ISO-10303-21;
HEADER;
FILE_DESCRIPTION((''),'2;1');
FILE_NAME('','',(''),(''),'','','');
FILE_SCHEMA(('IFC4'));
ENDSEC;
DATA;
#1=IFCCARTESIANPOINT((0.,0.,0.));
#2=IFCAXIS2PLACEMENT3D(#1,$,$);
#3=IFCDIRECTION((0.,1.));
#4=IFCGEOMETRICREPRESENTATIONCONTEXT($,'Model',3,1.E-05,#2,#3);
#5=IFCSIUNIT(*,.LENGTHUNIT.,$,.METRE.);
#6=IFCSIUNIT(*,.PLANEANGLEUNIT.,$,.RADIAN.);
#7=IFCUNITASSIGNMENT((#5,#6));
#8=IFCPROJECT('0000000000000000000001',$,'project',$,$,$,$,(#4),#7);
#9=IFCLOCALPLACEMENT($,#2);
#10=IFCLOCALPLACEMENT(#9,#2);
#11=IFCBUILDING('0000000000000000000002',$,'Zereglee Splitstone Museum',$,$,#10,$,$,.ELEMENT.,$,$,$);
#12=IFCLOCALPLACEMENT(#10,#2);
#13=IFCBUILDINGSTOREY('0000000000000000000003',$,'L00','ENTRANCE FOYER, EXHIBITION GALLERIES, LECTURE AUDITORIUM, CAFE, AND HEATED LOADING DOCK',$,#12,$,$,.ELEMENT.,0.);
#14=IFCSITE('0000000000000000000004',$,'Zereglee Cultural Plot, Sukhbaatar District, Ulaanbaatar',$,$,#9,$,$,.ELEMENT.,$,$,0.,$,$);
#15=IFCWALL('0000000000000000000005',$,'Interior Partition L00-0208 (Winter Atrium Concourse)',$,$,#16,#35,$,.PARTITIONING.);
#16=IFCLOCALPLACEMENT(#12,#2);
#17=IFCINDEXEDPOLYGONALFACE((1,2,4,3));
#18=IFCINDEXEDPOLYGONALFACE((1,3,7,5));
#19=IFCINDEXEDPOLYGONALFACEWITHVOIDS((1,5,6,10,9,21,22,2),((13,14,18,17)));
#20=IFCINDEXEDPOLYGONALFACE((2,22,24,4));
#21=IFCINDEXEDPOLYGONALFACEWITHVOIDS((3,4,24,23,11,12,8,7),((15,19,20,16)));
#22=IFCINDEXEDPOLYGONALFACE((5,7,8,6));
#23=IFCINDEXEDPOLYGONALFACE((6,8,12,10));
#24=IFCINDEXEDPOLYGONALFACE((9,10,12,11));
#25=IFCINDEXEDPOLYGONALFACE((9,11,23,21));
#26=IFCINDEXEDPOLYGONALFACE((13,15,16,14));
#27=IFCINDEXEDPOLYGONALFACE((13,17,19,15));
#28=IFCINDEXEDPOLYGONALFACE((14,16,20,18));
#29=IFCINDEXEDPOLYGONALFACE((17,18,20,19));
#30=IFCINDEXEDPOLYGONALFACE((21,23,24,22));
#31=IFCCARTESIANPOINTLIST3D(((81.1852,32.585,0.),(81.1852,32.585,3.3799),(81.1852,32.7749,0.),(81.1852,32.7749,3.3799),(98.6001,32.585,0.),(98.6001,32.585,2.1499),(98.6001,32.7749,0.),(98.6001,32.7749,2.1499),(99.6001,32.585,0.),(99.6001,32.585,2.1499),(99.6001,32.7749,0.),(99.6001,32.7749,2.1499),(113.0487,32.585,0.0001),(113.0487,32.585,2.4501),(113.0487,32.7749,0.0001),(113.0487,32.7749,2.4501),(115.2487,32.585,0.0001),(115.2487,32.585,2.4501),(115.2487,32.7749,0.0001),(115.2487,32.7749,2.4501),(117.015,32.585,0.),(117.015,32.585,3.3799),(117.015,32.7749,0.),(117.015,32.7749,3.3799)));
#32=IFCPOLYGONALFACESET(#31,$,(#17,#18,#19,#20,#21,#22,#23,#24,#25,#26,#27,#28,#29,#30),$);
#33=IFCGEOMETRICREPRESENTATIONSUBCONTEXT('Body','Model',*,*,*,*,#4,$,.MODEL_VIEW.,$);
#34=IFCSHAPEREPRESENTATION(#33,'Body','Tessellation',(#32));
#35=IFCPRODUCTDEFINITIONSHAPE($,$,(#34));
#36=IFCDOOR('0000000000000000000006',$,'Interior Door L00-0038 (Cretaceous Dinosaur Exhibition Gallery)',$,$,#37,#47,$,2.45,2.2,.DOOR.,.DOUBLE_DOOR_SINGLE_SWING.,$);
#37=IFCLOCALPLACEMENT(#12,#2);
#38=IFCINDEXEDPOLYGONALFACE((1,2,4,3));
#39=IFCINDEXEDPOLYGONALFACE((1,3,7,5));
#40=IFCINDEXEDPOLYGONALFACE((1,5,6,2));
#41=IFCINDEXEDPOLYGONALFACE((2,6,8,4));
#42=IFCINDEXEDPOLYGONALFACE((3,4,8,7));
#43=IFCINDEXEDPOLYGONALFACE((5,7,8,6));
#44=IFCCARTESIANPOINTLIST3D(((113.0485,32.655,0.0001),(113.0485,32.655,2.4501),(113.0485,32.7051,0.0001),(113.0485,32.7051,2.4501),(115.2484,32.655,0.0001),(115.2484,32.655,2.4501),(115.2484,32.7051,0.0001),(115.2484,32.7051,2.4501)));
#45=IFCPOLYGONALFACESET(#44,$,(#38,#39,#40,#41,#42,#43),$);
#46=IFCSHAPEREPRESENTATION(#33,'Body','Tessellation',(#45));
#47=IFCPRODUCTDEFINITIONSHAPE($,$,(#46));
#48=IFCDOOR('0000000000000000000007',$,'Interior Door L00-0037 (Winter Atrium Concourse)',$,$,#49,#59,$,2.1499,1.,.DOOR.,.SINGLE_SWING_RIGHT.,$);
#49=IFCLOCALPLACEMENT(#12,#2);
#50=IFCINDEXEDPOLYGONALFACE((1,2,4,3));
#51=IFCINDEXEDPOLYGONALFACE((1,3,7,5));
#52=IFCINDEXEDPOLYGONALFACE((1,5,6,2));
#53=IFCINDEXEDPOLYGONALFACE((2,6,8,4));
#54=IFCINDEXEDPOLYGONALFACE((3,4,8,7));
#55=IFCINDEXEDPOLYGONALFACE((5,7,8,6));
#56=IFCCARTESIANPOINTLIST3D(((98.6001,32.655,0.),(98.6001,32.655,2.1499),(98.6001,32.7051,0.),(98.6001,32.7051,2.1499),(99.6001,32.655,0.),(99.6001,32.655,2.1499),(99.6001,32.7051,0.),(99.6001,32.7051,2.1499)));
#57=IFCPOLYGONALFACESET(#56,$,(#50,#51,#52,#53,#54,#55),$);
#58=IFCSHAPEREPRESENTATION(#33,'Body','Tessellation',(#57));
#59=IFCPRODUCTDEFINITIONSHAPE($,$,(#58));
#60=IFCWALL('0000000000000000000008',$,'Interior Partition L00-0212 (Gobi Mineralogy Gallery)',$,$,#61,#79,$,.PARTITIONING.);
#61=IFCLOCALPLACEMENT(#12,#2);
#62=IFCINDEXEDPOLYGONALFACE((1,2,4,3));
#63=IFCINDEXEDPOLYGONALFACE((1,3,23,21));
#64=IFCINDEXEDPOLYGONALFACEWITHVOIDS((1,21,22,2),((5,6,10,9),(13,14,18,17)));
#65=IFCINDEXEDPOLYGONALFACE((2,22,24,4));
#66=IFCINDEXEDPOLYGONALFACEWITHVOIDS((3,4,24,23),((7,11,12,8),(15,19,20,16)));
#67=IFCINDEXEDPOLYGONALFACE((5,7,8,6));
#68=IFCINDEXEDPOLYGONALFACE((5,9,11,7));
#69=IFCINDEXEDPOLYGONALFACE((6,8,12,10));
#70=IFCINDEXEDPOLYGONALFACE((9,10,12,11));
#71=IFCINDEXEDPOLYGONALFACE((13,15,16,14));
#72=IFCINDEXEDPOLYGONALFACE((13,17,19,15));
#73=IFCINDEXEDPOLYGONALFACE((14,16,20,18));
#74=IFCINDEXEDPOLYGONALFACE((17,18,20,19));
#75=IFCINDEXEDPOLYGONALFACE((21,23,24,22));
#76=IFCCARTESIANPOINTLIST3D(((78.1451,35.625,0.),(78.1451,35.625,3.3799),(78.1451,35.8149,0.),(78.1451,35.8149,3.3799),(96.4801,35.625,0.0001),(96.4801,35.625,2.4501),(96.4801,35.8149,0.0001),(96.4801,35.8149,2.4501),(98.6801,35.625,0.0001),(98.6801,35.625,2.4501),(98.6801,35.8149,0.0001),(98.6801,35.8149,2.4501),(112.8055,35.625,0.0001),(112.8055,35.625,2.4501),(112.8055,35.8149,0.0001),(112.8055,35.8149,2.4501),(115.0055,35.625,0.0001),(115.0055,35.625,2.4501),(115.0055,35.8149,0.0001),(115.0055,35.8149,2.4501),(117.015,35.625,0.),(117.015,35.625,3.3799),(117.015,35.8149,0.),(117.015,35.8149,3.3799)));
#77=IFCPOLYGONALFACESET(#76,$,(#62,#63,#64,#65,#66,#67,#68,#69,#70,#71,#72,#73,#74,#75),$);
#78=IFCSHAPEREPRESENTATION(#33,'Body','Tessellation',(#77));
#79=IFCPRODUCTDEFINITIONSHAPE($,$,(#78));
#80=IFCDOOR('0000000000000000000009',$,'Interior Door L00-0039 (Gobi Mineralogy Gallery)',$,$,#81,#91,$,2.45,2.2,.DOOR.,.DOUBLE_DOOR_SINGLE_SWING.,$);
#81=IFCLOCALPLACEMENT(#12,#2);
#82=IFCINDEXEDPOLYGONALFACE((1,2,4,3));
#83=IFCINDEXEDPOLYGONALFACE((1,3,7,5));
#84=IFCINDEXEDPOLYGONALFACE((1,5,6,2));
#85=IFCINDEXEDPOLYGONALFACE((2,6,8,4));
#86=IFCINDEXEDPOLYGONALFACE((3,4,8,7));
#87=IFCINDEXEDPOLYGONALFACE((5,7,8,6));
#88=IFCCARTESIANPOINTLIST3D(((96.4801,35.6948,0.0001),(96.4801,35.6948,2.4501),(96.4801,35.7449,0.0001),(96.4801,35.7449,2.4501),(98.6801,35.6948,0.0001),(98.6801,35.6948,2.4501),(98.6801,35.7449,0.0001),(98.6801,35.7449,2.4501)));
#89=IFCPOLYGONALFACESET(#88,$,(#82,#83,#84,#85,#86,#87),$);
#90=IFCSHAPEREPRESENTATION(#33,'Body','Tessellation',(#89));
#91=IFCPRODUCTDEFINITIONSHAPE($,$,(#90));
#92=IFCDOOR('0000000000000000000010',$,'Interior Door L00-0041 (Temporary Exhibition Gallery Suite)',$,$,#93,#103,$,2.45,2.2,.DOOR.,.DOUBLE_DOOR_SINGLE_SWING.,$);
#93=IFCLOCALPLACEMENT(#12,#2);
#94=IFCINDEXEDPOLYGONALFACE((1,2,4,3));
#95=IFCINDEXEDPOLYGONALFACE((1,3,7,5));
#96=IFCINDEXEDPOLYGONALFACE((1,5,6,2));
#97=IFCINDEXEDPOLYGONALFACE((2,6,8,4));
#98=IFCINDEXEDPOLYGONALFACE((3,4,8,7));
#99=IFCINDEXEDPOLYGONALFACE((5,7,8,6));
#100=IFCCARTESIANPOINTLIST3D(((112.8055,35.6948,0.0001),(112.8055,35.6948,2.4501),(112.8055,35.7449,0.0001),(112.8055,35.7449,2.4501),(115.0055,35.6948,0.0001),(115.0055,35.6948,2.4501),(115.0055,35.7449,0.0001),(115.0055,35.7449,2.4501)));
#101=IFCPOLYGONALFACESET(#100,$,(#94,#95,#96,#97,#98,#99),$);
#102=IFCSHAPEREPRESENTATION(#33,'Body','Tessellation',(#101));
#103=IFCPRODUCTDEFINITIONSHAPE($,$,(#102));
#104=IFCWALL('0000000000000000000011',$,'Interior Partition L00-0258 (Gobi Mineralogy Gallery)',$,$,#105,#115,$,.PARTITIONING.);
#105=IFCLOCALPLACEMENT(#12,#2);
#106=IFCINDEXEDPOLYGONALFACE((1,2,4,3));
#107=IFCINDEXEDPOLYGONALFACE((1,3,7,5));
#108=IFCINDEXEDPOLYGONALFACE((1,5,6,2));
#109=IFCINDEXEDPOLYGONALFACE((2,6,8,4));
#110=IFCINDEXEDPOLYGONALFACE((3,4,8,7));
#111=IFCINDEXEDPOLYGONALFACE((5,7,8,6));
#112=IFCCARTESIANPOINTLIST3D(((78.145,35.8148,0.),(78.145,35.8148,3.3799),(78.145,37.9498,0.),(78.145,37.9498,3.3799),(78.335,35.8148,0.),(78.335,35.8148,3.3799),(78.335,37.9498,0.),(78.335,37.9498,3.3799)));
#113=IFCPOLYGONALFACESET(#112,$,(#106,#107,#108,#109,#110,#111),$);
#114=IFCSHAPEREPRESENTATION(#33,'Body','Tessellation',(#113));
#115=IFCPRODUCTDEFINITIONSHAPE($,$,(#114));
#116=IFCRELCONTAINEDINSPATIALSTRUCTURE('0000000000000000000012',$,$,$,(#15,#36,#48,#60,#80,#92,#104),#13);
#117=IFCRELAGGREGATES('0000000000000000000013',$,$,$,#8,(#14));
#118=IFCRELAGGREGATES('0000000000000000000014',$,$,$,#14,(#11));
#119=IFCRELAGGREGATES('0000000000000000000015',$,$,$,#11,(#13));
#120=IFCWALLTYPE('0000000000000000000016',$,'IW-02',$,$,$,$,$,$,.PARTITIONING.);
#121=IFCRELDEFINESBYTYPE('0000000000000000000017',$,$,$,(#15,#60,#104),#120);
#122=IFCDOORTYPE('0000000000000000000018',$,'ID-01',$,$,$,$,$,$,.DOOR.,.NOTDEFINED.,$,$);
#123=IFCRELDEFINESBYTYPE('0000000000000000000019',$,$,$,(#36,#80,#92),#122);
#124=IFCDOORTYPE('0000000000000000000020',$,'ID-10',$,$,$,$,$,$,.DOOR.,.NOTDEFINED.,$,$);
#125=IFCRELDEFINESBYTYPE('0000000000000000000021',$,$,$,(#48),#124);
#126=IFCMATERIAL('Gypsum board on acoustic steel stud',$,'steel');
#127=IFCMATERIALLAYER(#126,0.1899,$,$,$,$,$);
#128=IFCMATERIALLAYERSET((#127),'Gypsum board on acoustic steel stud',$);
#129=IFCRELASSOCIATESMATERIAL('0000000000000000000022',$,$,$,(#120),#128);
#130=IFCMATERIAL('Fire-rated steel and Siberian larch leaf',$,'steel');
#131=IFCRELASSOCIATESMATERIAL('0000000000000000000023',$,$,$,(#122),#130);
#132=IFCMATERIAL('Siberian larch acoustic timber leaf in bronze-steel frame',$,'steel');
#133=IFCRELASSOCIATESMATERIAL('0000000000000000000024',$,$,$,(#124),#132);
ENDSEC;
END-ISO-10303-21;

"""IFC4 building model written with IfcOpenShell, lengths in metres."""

from ifc_helpers import new_model, si_unit, direction, frame, frame_2d, origin, place, context, subcontext, project, spatial, rectangle, extrude, material, layer, layer_set, type_object, element, fill, save


model = new_model("IFC4")

# Units and contexts
model_context = context("Model", 3, precision=1e-05, world=origin(), true_north=direction((0.0, 1.0)))
body_context = subcontext(model_context, "Body", "Model", "MODEL_VIEW")
ifc_project = project(units=[si_unit("LENGTHUNIT", "METRE"), si_unit("PLANEANGLEUNIT", "RADIAN")], contexts=[model_context])

# Site, building, storey
site_placement = place(None, origin())
site = spatial("IfcSite", under=ifc_project, at=site_placement, Name="Zereglee Cultural Plot, Sukhbaatar District, Ulaanbaatar", CompositionType="ELEMENT", RefElevation=0.0)
building_placement = place(site_placement, origin())
building = spatial("IfcBuilding", under=site, at=building_placement, Name="Zereglee Splitstone Museum", CompositionType="ELEMENT")
storey_placement = place(building_placement, origin())
storey = spatial("IfcBuildingStorey", under=building, at=storey_placement, Name="L00", Description="ENTRANCE FOYER, EXHIBITION GALLERIES, LECTURE AUDITORIUM, CAFE, AND HEATED LOADING DOCK", CompositionType="ELEMENT", Elevation=0.0)

# Walls, openings, doors
ifc_material_1 = material(Name="Gypsum board on acoustic steel stud", Category="steel")
ifc_layer_1 = layer(ifc_material_1, 0.1899)
ifc_layer_set_1 = layer_set([ifc_layer_1], Name="Gypsum board on acoustic steel stud")
wall_type_1 = type_object("IfcWallType", Name="IW-02", PredefinedType="PARTITIONING", material=ifc_layer_set_1)
wall_1_placement = place(storey_placement, frame((81.1851, 32.6799, 0.0), z_axis=(0.0, 0.0, 1.0), x_axis=(1.0, 0.0, 0.0)))
wall_1 = element("IfcWall", 1, at=wall_1_placement, inside=storey, type_object=wall_type_1, Name="Interior Partition L00-0208 (Winter Atrium Concourse)", PredefinedType="PARTITIONING", context=body_context, shape_type="SweptSolid", body=[
    extrude(rectangle(XDim=35.8298, YDim=0.1899, at=frame_2d((17.915, 0.0))), origin(), (0.0, 0.0, 1.0), 3.3799),
])
opening_1_placement = place(wall_1_placement, frame((17.415, 0.0, 0.0)))
opening_1 = element("IfcOpeningElement", 2, at=opening_1_placement, cuts=wall_1, PredefinedType="OPENING", context=body_context, shape_type="SweptSolid", body=[
    extrude(rectangle(XDim=1.0, YDim=2.1499, at=frame_2d((0.5, 1.075))), frame((0.0, 0.1099, 0.0), z_axis=(0.0, -1.0, 0.0), x_axis=(1.0, 0.0, 0.0)), (0.0, 0.0, 1.0), 0.2197),
])
opening_2_placement = place(wall_1_placement, frame((31.8635, 0.0, 0.0)))
opening_2 = element("IfcOpeningElement", 3, at=opening_2_placement, cuts=wall_1, PredefinedType="OPENING", context=body_context, shape_type="SweptSolid", body=[
    extrude(rectangle(XDim=2.2, YDim=2.45, at=frame_2d((1.1001, 1.2251))), frame((0.0, 0.1099, 0.0), z_axis=(0.0, -1.0, 0.0), x_axis=(1.0, 0.0, 0.0)), (0.0, 0.0, 1.0), 0.2197),
])
ifc_material_2 = material(Name="Fire-rated steel and Siberian larch leaf", Category="steel")
door_type_1 = type_object("IfcDoorType", Name="ID-01", OperationType="NOTDEFINED", PredefinedType="DOOR", material=ifc_material_2)
door_1_placement = place(opening_2_placement, frame((2.2, 0.0, 0.0), z_axis=(0.0, 0.0, 1.0), x_axis=(-1.0, 0.0, 0.0)))
door_1 = element("IfcDoor", 4, at=door_1_placement, inside=storey, type_object=door_type_1, Name="Interior Door L00-0038 (Cretaceous Dinosaur Exhibition Gallery)", OperationType="DOUBLE_DOOR_SINGLE_SWING", OverallHeight=2.45, OverallWidth=2.2, PredefinedType="DOOR", context=body_context, shape_type="SweptSolid", body=[
    extrude(rectangle(XDim=2.2, YDim=2.45, at=frame_2d((1.1001, 1.2251))), frame((0.0, 0.0249, 0.0), z_axis=(0.0, -1.0, 0.0), x_axis=(1.0, 0.0, 0.0)), (0.0, 0.0, 1.0), 0.05),
])
fill(opening_2, door_1)
ifc_material_3 = material(Name="Siberian larch acoustic timber leaf in bronze-steel frame", Category="steel")
door_type_2 = type_object("IfcDoorType", Name="ID-10", OperationType="NOTDEFINED", PredefinedType="DOOR", material=ifc_material_3)
door_2_placement = place(opening_1_placement, frame((1.0, 0.0, 0.0), z_axis=(0.0, 0.0, 1.0), x_axis=(-1.0, 0.0, 0.0)))
door_2 = element("IfcDoor", 5, at=door_2_placement, inside=storey, type_object=door_type_2, Name="Interior Door L00-0037 (Winter Atrium Concourse)", OperationType="SINGLE_SWING_RIGHT", OverallHeight=2.1499, OverallWidth=1.0, PredefinedType="DOOR", context=body_context, shape_type="SweptSolid", body=[
    extrude(rectangle(XDim=1.0, YDim=2.1499, at=frame_2d((0.5, 1.075))), frame((0.0, 0.0249, 0.0), z_axis=(0.0, -1.0, 0.0), x_axis=(1.0, 0.0, 0.0)), (0.0, 0.0, 1.0), 0.05),
])
fill(opening_1, door_2)
wall_2_placement = place(storey_placement, frame((78.145, 35.72, 0.0), z_axis=(0.0, 0.0, 1.0), x_axis=(1.0, 0.0, 0.0)))
wall_2 = element("IfcWall", 6, at=wall_2_placement, inside=storey, type_object=wall_type_1, Name="Interior Partition L00-0212 (Gobi Mineralogy Gallery)", PredefinedType="PARTITIONING", context=body_context, shape_type="SweptSolid", body=[
    extrude(rectangle(XDim=38.8699, YDim=0.1899, at=frame_2d((19.4351, 0.0))), origin(), (0.0, 0.0, 1.0), 3.3799),
])
opening_3_placement = place(wall_2_placement, frame((18.335, 0.0, 0.0)))
opening_3 = element("IfcOpeningElement", 7, at=opening_3_placement, cuts=wall_2, PredefinedType="OPENING", context=body_context, shape_type="SweptSolid", body=[
    extrude(rectangle(XDim=2.2, YDim=2.45, at=frame_2d((1.1001, 1.2251))), frame((0.0, 0.1099, 0.0), z_axis=(0.0, -1.0, 0.0), x_axis=(1.0, 0.0, 0.0)), (0.0, 0.0, 1.0), 0.2197),
])
opening_4_placement = place(wall_2_placement, frame((34.6604, 0.0, 0.0)))
opening_4 = element("IfcOpeningElement", 8, at=opening_4_placement, cuts=wall_2, PredefinedType="OPENING", context=body_context, shape_type="SweptSolid", body=[
    extrude(rectangle(XDim=2.2, YDim=2.45, at=frame_2d((1.1001, 1.2251))), frame((0.0, 0.1099, 0.0), z_axis=(0.0, -1.0, 0.0), x_axis=(1.0, 0.0, 0.0)), (0.0, 0.0, 1.0), 0.2197),
])
door_3_placement = place(opening_3_placement, origin())
door_3 = element("IfcDoor", 9, at=door_3_placement, inside=storey, type_object=door_type_1, Name="Interior Door L00-0039 (Gobi Mineralogy Gallery)", OperationType="DOUBLE_DOOR_SINGLE_SWING", OverallHeight=2.45, OverallWidth=2.2, PredefinedType="DOOR", context=body_context, shape_type="SweptSolid", body=[
    extrude(rectangle(XDim=2.2, YDim=2.45, at=frame_2d((1.1001, 1.2251))), frame((0.0, 0.0249, 0.0), z_axis=(0.0, -1.0, 0.0), x_axis=(1.0, 0.0, 0.0)), (0.0, 0.0, 1.0), 0.05),
])
fill(opening_3, door_3)
door_4_placement = place(opening_4_placement, origin())
door_4 = element("IfcDoor", 10, at=door_4_placement, inside=storey, type_object=door_type_1, Name="Interior Door L00-0041 (Temporary Exhibition Gallery Suite)", OperationType="DOUBLE_DOOR_SINGLE_SWING", OverallHeight=2.45, OverallWidth=2.2, PredefinedType="DOOR", context=body_context, shape_type="SweptSolid", body=[
    extrude(rectangle(XDim=2.2, YDim=2.45, at=frame_2d((1.1001, 1.2251))), frame((0.0, 0.0249, 0.0), z_axis=(0.0, -1.0, 0.0), x_axis=(1.0, 0.0, 0.0)), (0.0, 0.0, 1.0), 0.05),
])
fill(opening_4, door_4)

# Wall
wall_3_placement = place(storey_placement, frame((78.24, 35.8149, 0.0), z_axis=(0.0, 0.0, 1.0), x_axis=(0.0, 1.0, 0.0)))
element("IfcWall", 11, at=wall_3_placement, inside=storey, type_object=wall_type_1, Name="Interior Partition L00-0258 (Gobi Mineralogy Gallery)", PredefinedType="PARTITIONING", context=body_context, shape_type="SweptSolid", body=[
    extrude(rectangle(XDim=2.135, YDim=0.1899, at=frame_2d((1.0674, 0.0))), origin(), (0.0, 0.0, 1.0), 3.3799),
])

save(model, "model.ifc")
